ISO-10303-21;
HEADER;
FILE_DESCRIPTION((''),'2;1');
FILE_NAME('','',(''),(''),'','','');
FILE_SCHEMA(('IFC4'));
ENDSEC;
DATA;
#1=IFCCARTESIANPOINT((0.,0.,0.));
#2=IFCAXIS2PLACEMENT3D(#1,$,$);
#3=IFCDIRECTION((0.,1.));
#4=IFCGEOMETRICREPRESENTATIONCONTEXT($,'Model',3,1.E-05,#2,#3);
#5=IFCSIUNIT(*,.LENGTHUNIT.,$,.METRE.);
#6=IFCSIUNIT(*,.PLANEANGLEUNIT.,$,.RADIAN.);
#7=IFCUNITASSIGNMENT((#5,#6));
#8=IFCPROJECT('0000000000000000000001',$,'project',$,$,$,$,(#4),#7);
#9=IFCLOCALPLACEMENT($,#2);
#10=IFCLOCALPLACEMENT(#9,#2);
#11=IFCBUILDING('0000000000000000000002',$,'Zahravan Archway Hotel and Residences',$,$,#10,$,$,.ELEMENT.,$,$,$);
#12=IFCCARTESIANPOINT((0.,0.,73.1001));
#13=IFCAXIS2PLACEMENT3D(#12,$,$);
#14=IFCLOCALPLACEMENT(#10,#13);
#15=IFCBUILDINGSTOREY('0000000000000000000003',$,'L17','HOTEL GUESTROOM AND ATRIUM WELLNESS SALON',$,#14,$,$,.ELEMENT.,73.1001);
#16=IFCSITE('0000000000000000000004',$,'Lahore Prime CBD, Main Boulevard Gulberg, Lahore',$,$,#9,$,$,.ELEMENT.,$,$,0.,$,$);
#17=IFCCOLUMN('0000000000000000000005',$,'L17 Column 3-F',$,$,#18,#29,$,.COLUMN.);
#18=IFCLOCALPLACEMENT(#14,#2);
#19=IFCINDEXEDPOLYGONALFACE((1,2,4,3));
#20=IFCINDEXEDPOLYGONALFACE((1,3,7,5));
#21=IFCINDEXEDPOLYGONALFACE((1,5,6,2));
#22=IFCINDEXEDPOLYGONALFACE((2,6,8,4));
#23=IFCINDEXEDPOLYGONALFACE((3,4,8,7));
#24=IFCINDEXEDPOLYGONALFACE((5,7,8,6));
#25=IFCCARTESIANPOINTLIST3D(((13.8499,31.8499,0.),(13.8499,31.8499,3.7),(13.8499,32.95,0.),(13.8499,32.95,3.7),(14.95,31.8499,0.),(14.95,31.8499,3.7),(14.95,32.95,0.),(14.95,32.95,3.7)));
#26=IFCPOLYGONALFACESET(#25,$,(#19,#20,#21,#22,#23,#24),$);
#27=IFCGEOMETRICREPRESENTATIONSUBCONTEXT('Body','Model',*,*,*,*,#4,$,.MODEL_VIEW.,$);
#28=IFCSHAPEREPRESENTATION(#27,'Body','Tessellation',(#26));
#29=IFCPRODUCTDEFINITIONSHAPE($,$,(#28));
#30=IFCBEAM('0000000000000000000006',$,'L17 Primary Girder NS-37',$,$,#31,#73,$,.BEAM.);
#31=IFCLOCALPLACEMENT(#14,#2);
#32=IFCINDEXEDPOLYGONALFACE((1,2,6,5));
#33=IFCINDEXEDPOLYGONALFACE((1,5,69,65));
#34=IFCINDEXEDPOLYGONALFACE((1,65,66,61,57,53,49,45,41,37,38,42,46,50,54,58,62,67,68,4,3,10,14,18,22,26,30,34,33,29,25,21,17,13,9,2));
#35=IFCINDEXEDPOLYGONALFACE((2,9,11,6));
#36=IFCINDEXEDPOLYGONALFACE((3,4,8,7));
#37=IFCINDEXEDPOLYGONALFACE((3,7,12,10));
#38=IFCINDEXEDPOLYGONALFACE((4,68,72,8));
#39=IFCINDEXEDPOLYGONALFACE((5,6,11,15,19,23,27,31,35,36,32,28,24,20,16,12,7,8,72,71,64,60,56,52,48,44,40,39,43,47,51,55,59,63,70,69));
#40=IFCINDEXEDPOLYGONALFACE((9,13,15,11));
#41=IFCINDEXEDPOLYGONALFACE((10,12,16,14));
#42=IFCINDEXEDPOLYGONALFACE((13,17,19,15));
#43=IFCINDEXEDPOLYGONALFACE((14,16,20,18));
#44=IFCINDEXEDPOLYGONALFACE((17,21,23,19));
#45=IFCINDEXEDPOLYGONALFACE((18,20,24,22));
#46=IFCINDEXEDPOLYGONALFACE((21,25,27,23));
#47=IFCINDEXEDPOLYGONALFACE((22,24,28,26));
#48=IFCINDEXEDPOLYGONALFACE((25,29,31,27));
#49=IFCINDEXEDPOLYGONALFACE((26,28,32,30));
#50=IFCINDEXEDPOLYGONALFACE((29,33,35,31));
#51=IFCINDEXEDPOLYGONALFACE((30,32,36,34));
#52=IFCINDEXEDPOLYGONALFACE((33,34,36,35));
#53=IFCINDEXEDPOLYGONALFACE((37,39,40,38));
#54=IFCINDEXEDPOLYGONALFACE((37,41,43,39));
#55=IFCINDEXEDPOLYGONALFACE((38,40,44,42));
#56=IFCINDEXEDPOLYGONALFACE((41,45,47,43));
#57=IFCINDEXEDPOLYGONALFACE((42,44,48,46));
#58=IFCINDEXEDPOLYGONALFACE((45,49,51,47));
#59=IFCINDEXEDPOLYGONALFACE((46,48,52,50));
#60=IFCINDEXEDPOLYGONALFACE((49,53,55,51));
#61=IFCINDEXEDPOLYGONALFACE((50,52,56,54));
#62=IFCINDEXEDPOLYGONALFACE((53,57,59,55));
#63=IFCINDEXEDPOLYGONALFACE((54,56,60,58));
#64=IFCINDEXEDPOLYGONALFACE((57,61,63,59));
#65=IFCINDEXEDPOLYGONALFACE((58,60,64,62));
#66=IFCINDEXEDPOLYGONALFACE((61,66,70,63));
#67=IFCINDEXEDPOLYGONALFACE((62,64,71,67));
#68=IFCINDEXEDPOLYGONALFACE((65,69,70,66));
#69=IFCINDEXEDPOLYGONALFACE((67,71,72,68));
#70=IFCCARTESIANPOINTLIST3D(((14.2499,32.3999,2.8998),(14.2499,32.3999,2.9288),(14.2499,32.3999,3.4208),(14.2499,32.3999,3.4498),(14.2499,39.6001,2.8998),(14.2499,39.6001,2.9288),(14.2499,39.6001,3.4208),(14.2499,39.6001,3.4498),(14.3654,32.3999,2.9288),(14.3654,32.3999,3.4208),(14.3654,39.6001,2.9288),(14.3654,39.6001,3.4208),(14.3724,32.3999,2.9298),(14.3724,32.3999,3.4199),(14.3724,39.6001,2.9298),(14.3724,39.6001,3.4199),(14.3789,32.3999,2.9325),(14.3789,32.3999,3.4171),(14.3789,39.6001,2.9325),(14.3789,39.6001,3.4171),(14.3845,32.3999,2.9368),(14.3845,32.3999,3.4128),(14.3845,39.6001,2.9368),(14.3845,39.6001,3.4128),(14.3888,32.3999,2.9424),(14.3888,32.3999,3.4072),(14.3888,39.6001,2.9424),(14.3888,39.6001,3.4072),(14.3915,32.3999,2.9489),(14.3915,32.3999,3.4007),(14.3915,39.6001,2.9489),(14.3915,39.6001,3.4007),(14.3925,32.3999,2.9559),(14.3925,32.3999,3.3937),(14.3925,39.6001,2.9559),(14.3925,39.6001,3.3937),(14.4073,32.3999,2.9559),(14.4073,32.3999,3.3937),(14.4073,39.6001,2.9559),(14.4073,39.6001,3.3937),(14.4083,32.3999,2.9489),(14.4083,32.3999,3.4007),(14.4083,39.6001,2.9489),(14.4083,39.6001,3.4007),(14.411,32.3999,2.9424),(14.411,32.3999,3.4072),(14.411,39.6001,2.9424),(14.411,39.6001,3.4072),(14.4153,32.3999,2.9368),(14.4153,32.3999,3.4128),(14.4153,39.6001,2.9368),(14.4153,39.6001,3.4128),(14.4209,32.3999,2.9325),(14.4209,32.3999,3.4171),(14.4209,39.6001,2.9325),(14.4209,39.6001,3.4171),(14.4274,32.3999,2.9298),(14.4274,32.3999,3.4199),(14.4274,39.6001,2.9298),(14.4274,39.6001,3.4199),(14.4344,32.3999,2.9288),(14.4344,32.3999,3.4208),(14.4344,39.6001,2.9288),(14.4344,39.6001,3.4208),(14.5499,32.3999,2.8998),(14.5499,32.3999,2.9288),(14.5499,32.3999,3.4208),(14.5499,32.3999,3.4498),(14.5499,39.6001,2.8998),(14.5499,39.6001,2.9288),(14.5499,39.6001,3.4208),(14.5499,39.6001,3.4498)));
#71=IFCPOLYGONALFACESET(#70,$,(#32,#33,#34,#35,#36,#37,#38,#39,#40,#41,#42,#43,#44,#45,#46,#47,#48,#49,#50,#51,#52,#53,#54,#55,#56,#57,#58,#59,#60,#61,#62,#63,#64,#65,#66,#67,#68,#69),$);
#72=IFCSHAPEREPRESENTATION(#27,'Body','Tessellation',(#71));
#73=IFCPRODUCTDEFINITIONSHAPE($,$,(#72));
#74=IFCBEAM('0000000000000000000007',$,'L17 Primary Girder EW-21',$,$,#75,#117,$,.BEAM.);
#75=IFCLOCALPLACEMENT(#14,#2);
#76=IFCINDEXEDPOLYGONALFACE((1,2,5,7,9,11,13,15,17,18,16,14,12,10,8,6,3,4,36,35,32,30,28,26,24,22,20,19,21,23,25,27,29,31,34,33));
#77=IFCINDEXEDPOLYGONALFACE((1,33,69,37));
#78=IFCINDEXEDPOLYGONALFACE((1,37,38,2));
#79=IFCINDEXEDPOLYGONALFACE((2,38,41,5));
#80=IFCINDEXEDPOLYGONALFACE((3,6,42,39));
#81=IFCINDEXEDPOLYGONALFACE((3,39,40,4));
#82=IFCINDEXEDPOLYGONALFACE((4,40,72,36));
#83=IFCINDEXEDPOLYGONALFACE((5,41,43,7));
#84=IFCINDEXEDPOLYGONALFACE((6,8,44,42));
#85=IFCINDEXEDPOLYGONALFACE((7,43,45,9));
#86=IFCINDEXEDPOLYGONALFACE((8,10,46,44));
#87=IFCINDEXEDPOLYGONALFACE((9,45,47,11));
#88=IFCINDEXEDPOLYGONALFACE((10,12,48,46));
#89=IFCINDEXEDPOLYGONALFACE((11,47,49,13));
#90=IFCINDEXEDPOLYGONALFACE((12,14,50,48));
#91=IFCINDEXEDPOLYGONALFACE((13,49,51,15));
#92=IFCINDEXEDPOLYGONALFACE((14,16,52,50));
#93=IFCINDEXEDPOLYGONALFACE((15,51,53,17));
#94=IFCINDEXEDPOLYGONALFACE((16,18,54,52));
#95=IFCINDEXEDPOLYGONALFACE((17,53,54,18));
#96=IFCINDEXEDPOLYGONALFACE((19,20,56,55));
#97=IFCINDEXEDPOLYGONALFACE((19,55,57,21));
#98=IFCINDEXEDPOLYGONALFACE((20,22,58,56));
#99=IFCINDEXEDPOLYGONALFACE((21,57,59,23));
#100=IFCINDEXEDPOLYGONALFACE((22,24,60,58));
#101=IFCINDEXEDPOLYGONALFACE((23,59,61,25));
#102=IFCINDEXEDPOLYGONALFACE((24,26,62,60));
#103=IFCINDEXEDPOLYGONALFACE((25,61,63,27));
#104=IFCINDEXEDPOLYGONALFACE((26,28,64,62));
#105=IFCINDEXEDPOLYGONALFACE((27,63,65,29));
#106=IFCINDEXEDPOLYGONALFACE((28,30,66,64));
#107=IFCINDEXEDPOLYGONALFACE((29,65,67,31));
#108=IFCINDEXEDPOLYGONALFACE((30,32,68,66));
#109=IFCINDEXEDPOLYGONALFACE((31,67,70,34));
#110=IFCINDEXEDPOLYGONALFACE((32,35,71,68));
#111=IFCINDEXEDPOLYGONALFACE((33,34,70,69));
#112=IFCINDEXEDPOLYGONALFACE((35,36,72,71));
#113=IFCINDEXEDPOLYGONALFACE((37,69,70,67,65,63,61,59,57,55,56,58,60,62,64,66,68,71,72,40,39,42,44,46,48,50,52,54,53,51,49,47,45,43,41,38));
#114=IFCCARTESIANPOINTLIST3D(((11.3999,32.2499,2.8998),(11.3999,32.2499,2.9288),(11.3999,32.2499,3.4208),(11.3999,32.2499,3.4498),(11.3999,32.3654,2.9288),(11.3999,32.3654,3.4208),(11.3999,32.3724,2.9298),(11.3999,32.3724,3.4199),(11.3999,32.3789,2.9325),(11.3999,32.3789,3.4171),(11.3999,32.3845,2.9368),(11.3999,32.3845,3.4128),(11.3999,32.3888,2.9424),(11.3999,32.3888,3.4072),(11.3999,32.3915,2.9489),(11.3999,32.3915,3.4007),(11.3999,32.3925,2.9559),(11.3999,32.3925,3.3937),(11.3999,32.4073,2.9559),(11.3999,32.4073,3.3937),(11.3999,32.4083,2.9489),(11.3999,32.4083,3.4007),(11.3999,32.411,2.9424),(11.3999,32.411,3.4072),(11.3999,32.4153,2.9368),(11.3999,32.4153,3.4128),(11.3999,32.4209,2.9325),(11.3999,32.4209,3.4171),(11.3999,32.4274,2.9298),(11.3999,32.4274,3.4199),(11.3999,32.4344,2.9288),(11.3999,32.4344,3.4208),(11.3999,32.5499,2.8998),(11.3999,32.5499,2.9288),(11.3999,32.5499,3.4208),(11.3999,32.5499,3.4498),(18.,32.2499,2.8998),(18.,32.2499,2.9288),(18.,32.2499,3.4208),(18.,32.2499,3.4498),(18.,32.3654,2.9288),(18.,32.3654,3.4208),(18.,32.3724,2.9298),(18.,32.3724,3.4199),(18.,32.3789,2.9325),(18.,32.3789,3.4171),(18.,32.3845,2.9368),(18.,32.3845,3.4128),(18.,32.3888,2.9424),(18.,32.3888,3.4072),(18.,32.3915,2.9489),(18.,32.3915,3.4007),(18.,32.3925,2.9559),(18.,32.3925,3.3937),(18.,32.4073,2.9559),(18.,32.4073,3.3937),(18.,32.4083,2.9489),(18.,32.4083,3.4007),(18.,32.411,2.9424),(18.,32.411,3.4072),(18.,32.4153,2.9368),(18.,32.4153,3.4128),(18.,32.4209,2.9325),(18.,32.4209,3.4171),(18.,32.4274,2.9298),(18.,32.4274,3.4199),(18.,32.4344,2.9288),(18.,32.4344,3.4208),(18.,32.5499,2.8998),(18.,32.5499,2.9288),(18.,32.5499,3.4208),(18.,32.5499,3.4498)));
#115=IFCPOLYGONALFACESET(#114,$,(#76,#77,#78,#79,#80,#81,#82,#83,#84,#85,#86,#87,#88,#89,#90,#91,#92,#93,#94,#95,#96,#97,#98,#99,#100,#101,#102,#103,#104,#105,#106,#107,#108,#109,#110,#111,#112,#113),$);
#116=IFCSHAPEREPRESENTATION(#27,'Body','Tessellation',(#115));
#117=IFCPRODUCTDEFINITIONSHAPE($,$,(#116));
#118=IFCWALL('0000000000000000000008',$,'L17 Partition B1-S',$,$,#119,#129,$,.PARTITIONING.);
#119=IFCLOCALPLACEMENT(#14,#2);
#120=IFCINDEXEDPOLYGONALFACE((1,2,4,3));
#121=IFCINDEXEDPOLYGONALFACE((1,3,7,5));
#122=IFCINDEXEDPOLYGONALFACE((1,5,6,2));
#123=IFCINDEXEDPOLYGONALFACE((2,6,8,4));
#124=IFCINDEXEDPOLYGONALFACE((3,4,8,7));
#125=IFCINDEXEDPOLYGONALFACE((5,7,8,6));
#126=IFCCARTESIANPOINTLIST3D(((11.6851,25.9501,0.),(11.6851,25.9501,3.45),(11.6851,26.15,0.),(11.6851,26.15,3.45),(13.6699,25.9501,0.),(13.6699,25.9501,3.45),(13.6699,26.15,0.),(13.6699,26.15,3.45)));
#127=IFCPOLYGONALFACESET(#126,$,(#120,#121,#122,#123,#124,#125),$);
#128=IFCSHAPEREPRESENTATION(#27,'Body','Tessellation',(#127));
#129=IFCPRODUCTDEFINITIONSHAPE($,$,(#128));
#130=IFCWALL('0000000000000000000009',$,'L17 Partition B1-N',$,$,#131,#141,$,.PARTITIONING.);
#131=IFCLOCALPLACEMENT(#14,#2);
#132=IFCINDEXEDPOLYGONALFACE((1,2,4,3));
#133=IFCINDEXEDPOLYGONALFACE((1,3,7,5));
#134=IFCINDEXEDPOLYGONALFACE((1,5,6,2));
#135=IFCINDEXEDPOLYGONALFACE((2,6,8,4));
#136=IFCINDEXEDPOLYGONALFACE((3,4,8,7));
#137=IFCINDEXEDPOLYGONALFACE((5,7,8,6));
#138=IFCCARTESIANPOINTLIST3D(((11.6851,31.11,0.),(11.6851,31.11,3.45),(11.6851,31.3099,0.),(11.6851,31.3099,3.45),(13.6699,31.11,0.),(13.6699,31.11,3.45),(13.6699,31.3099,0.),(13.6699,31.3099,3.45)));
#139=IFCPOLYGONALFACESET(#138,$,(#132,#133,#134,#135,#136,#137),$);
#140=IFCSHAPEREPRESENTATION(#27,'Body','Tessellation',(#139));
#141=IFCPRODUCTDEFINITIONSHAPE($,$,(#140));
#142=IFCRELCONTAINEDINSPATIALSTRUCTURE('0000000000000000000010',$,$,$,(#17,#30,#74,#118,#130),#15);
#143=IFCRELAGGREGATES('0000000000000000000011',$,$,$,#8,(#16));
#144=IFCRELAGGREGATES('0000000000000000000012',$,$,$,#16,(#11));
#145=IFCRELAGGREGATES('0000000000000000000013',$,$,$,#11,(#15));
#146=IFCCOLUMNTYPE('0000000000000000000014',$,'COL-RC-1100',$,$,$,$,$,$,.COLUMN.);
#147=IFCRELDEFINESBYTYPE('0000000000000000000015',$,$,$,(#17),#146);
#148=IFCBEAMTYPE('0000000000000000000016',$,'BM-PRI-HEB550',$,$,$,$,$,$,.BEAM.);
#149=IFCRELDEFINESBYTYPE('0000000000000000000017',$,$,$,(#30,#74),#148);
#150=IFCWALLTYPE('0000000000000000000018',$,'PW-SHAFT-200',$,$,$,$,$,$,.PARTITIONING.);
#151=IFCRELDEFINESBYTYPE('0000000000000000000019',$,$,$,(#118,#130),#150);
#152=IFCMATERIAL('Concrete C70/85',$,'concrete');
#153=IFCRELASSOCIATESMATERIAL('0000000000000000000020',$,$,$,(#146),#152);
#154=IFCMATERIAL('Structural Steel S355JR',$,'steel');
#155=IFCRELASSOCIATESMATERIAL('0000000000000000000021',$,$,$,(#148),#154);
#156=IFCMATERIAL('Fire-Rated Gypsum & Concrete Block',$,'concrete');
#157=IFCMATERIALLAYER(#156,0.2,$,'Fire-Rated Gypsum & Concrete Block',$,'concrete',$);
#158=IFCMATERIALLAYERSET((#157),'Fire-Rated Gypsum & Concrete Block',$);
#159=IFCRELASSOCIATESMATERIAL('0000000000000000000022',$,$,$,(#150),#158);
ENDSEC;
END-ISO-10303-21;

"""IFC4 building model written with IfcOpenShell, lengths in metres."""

from ifc_helpers import new_model, si_unit, direction, frame, frame_2d, origin, origin_2d, place, context, subcontext, project, spatial, rectangle, i_section, extrude, source, transform, mapped, material, layer, layer_set, material_profile, profile_set, type_object, type_shapes, element, save


model = new_model("IFC4")

# Units and contexts
model_context = context("Model", 3, precision=1e-05, world=origin(), true_north=direction((0.0, 1.0)))
body_context = subcontext(model_context, "Body", "Model", "MODEL_VIEW")
ifc_project = project(units=[si_unit("LENGTHUNIT", "METRE"), si_unit("PLANEANGLEUNIT", "RADIAN")], contexts=[model_context])

# Site, building, storey
site_placement = place(None, origin())
site = spatial("IfcSite", under=ifc_project, at=site_placement, Name="Lahore Prime CBD, Main Boulevard Gulberg, Lahore", CompositionType="ELEMENT", RefElevation=0.0)
building_placement = place(site_placement, origin())
building = spatial("IfcBuilding", under=site, at=building_placement, Name="Zahravan Archway Hotel and Residences", CompositionType="ELEMENT")
storey_placement = place(building_placement, frame((0.0, 0.0, 73.1001)))
storey = spatial("IfcBuildingStorey", under=building, at=storey_placement, Name="L17", Description="HOTEL GUESTROOM AND ATRIUM WELLNESS SALON", CompositionType="ELEMENT", Elevation=73.1001)

# Column
ifc_material_1 = material(Name="Concrete C70/85", Category="concrete")
ifc_material_profile_1 = material_profile(ifc_material_1, rectangle(XDim=1.1001, YDim=1.1001, at=origin_2d()), Name="RC 1100x1100", Category="concrete")
ifc_profile_set_1 = profile_set([ifc_material_profile_1], Name="Concrete C70/85")
column_type = type_object("IfcColumnType", Name="COL-RC-1100", PredefinedType="COLUMN", material=ifc_profile_set_1)
shared_shape_1 = source(origin(), body_context, "Body", "SweptSolid", [
    extrude(rectangle(XDim=1.1001, YDim=1.1001, at=origin_2d()), origin(), (0.0, 0.0, 1.0), 3.7),
])
column_placement = place(storey_placement, frame((14.3999, 32.3999, 0.0), z_axis=(0.0, 0.0, 1.0), x_axis=(1.0, 0.0, 0.0)))
element("IfcColumn", 1, at=column_placement, inside=storey, type_object=column_type, Name="L17 Column 3-F", PredefinedType="COLUMN", context=body_context, shape_type="MappedRepresentation", body=[
    mapped(shared_shape_1, transform((0.0, 0.0, 0.0), scale=1.0)),
])

# Beams
ifc_material_2 = material(Name="Structural Steel S355JR", Category="steel")
ifc_material_profile_2 = material_profile(ifc_material_2, i_section(OverallWidth=0.3, OverallDepth=0.55, WebThickness=0.0149, FlangeThickness=0.0291, FilletRadius=0.0271, at=origin_2d()), Name="HEB 550", Category="steel")
ifc_profile_set_2 = profile_set([ifc_material_profile_2], Name="Structural Steel S355JR")
beam_type = type_object("IfcBeamType", Name="BM-PRI-HEB550", PredefinedType="BEAM", material=ifc_profile_set_2)
shared_shape_2 = source(origin(), body_context, "Body", "SweptSolid", [
    extrude(i_section(OverallWidth=0.3, OverallDepth=0.55, WebThickness=0.0149, FlangeThickness=0.0291, FilletRadius=0.0271, at=origin_2d()), origin(), (0.0, 0.0, 1.0), 7.2002),
])
type_shapes(beam_type, [shared_shape_2])
beam_1_placement = place(storey_placement, frame((14.3999, 32.3999, 3.1748), z_axis=(0.0, 1.0, 0.0), x_axis=(-1.0, 0.0, 0.0)))
element("IfcBeam", 2, at=beam_1_placement, inside=storey, type_object=beam_type, Name="L17 Primary Girder NS-37", PredefinedType="BEAM", context=body_context, shape_type="MappedRepresentation", body=[
    mapped(shared_shape_2, transform((0.0, 0.0, 0.0), scale=1.0)),
])
shared_shape_3 = source(origin(), body_context, "Body", "SweptSolid", [
    extrude(i_section(OverallWidth=0.3, OverallDepth=0.55, WebThickness=0.0149, FlangeThickness=0.0291, FilletRadius=0.0271, at=origin_2d()), origin(), (0.0, 0.0, 1.0), 6.6001),
])
beam_2_placement = place(storey_placement, frame((11.3999, 32.3999, 3.1748), z_axis=(1.0, 0.0, 0.0), x_axis=(0.0, 1.0, 0.0)))
element("IfcBeam", 3, at=beam_2_placement, inside=storey, type_object=beam_type, Name="L17 Primary Girder EW-21", PredefinedType="BEAM", context=body_context, shape_type="MappedRepresentation", body=[
    mapped(shared_shape_3, transform((0.0, 0.0, 0.0), scale=1.0)),
])

# Walls
ifc_material_3 = material(Name="Fire-Rated Gypsum & Concrete Block", Category="concrete")
ifc_layer_1 = layer(ifc_material_3, 0.2, Name="Fire-Rated Gypsum & Concrete Block", Category="concrete")
ifc_layer_set_1 = layer_set([ifc_layer_1], Name="Fire-Rated Gypsum & Concrete Block")
wall_type_1 = type_object("IfcWallType", Name="PW-SHAFT-200", PredefinedType="PARTITIONING", material=ifc_layer_set_1)
for number, where, z_axis, x_axis, name in (
    (4, (11.6851, 26.05, 0.0), (0.0, 0.0, 1.0), (1.0, 0.0, 0.0), "L17 Partition B1-S"),
    (5, (11.6851, 31.21, 0.0), (0.0, 0.0, 1.0), (1.0, 0.0, 0.0), "L17 Partition B1-N"),
):
    element("IfcWall", number, at=place(storey_placement, frame(where, z_axis=z_axis, x_axis=x_axis)), inside=storey, type_object=wall_type_1, Name=name, PredefinedType="PARTITIONING", context=body_context, shape_type="SweptSolid", body=[
        extrude(rectangle(XDim=1.9849, YDim=0.2, at=frame_2d((0.9924, 0.0))), origin(), (0.0, 0.0, 1.0), 3.45),
    ])

save(model, "model.ifc")
